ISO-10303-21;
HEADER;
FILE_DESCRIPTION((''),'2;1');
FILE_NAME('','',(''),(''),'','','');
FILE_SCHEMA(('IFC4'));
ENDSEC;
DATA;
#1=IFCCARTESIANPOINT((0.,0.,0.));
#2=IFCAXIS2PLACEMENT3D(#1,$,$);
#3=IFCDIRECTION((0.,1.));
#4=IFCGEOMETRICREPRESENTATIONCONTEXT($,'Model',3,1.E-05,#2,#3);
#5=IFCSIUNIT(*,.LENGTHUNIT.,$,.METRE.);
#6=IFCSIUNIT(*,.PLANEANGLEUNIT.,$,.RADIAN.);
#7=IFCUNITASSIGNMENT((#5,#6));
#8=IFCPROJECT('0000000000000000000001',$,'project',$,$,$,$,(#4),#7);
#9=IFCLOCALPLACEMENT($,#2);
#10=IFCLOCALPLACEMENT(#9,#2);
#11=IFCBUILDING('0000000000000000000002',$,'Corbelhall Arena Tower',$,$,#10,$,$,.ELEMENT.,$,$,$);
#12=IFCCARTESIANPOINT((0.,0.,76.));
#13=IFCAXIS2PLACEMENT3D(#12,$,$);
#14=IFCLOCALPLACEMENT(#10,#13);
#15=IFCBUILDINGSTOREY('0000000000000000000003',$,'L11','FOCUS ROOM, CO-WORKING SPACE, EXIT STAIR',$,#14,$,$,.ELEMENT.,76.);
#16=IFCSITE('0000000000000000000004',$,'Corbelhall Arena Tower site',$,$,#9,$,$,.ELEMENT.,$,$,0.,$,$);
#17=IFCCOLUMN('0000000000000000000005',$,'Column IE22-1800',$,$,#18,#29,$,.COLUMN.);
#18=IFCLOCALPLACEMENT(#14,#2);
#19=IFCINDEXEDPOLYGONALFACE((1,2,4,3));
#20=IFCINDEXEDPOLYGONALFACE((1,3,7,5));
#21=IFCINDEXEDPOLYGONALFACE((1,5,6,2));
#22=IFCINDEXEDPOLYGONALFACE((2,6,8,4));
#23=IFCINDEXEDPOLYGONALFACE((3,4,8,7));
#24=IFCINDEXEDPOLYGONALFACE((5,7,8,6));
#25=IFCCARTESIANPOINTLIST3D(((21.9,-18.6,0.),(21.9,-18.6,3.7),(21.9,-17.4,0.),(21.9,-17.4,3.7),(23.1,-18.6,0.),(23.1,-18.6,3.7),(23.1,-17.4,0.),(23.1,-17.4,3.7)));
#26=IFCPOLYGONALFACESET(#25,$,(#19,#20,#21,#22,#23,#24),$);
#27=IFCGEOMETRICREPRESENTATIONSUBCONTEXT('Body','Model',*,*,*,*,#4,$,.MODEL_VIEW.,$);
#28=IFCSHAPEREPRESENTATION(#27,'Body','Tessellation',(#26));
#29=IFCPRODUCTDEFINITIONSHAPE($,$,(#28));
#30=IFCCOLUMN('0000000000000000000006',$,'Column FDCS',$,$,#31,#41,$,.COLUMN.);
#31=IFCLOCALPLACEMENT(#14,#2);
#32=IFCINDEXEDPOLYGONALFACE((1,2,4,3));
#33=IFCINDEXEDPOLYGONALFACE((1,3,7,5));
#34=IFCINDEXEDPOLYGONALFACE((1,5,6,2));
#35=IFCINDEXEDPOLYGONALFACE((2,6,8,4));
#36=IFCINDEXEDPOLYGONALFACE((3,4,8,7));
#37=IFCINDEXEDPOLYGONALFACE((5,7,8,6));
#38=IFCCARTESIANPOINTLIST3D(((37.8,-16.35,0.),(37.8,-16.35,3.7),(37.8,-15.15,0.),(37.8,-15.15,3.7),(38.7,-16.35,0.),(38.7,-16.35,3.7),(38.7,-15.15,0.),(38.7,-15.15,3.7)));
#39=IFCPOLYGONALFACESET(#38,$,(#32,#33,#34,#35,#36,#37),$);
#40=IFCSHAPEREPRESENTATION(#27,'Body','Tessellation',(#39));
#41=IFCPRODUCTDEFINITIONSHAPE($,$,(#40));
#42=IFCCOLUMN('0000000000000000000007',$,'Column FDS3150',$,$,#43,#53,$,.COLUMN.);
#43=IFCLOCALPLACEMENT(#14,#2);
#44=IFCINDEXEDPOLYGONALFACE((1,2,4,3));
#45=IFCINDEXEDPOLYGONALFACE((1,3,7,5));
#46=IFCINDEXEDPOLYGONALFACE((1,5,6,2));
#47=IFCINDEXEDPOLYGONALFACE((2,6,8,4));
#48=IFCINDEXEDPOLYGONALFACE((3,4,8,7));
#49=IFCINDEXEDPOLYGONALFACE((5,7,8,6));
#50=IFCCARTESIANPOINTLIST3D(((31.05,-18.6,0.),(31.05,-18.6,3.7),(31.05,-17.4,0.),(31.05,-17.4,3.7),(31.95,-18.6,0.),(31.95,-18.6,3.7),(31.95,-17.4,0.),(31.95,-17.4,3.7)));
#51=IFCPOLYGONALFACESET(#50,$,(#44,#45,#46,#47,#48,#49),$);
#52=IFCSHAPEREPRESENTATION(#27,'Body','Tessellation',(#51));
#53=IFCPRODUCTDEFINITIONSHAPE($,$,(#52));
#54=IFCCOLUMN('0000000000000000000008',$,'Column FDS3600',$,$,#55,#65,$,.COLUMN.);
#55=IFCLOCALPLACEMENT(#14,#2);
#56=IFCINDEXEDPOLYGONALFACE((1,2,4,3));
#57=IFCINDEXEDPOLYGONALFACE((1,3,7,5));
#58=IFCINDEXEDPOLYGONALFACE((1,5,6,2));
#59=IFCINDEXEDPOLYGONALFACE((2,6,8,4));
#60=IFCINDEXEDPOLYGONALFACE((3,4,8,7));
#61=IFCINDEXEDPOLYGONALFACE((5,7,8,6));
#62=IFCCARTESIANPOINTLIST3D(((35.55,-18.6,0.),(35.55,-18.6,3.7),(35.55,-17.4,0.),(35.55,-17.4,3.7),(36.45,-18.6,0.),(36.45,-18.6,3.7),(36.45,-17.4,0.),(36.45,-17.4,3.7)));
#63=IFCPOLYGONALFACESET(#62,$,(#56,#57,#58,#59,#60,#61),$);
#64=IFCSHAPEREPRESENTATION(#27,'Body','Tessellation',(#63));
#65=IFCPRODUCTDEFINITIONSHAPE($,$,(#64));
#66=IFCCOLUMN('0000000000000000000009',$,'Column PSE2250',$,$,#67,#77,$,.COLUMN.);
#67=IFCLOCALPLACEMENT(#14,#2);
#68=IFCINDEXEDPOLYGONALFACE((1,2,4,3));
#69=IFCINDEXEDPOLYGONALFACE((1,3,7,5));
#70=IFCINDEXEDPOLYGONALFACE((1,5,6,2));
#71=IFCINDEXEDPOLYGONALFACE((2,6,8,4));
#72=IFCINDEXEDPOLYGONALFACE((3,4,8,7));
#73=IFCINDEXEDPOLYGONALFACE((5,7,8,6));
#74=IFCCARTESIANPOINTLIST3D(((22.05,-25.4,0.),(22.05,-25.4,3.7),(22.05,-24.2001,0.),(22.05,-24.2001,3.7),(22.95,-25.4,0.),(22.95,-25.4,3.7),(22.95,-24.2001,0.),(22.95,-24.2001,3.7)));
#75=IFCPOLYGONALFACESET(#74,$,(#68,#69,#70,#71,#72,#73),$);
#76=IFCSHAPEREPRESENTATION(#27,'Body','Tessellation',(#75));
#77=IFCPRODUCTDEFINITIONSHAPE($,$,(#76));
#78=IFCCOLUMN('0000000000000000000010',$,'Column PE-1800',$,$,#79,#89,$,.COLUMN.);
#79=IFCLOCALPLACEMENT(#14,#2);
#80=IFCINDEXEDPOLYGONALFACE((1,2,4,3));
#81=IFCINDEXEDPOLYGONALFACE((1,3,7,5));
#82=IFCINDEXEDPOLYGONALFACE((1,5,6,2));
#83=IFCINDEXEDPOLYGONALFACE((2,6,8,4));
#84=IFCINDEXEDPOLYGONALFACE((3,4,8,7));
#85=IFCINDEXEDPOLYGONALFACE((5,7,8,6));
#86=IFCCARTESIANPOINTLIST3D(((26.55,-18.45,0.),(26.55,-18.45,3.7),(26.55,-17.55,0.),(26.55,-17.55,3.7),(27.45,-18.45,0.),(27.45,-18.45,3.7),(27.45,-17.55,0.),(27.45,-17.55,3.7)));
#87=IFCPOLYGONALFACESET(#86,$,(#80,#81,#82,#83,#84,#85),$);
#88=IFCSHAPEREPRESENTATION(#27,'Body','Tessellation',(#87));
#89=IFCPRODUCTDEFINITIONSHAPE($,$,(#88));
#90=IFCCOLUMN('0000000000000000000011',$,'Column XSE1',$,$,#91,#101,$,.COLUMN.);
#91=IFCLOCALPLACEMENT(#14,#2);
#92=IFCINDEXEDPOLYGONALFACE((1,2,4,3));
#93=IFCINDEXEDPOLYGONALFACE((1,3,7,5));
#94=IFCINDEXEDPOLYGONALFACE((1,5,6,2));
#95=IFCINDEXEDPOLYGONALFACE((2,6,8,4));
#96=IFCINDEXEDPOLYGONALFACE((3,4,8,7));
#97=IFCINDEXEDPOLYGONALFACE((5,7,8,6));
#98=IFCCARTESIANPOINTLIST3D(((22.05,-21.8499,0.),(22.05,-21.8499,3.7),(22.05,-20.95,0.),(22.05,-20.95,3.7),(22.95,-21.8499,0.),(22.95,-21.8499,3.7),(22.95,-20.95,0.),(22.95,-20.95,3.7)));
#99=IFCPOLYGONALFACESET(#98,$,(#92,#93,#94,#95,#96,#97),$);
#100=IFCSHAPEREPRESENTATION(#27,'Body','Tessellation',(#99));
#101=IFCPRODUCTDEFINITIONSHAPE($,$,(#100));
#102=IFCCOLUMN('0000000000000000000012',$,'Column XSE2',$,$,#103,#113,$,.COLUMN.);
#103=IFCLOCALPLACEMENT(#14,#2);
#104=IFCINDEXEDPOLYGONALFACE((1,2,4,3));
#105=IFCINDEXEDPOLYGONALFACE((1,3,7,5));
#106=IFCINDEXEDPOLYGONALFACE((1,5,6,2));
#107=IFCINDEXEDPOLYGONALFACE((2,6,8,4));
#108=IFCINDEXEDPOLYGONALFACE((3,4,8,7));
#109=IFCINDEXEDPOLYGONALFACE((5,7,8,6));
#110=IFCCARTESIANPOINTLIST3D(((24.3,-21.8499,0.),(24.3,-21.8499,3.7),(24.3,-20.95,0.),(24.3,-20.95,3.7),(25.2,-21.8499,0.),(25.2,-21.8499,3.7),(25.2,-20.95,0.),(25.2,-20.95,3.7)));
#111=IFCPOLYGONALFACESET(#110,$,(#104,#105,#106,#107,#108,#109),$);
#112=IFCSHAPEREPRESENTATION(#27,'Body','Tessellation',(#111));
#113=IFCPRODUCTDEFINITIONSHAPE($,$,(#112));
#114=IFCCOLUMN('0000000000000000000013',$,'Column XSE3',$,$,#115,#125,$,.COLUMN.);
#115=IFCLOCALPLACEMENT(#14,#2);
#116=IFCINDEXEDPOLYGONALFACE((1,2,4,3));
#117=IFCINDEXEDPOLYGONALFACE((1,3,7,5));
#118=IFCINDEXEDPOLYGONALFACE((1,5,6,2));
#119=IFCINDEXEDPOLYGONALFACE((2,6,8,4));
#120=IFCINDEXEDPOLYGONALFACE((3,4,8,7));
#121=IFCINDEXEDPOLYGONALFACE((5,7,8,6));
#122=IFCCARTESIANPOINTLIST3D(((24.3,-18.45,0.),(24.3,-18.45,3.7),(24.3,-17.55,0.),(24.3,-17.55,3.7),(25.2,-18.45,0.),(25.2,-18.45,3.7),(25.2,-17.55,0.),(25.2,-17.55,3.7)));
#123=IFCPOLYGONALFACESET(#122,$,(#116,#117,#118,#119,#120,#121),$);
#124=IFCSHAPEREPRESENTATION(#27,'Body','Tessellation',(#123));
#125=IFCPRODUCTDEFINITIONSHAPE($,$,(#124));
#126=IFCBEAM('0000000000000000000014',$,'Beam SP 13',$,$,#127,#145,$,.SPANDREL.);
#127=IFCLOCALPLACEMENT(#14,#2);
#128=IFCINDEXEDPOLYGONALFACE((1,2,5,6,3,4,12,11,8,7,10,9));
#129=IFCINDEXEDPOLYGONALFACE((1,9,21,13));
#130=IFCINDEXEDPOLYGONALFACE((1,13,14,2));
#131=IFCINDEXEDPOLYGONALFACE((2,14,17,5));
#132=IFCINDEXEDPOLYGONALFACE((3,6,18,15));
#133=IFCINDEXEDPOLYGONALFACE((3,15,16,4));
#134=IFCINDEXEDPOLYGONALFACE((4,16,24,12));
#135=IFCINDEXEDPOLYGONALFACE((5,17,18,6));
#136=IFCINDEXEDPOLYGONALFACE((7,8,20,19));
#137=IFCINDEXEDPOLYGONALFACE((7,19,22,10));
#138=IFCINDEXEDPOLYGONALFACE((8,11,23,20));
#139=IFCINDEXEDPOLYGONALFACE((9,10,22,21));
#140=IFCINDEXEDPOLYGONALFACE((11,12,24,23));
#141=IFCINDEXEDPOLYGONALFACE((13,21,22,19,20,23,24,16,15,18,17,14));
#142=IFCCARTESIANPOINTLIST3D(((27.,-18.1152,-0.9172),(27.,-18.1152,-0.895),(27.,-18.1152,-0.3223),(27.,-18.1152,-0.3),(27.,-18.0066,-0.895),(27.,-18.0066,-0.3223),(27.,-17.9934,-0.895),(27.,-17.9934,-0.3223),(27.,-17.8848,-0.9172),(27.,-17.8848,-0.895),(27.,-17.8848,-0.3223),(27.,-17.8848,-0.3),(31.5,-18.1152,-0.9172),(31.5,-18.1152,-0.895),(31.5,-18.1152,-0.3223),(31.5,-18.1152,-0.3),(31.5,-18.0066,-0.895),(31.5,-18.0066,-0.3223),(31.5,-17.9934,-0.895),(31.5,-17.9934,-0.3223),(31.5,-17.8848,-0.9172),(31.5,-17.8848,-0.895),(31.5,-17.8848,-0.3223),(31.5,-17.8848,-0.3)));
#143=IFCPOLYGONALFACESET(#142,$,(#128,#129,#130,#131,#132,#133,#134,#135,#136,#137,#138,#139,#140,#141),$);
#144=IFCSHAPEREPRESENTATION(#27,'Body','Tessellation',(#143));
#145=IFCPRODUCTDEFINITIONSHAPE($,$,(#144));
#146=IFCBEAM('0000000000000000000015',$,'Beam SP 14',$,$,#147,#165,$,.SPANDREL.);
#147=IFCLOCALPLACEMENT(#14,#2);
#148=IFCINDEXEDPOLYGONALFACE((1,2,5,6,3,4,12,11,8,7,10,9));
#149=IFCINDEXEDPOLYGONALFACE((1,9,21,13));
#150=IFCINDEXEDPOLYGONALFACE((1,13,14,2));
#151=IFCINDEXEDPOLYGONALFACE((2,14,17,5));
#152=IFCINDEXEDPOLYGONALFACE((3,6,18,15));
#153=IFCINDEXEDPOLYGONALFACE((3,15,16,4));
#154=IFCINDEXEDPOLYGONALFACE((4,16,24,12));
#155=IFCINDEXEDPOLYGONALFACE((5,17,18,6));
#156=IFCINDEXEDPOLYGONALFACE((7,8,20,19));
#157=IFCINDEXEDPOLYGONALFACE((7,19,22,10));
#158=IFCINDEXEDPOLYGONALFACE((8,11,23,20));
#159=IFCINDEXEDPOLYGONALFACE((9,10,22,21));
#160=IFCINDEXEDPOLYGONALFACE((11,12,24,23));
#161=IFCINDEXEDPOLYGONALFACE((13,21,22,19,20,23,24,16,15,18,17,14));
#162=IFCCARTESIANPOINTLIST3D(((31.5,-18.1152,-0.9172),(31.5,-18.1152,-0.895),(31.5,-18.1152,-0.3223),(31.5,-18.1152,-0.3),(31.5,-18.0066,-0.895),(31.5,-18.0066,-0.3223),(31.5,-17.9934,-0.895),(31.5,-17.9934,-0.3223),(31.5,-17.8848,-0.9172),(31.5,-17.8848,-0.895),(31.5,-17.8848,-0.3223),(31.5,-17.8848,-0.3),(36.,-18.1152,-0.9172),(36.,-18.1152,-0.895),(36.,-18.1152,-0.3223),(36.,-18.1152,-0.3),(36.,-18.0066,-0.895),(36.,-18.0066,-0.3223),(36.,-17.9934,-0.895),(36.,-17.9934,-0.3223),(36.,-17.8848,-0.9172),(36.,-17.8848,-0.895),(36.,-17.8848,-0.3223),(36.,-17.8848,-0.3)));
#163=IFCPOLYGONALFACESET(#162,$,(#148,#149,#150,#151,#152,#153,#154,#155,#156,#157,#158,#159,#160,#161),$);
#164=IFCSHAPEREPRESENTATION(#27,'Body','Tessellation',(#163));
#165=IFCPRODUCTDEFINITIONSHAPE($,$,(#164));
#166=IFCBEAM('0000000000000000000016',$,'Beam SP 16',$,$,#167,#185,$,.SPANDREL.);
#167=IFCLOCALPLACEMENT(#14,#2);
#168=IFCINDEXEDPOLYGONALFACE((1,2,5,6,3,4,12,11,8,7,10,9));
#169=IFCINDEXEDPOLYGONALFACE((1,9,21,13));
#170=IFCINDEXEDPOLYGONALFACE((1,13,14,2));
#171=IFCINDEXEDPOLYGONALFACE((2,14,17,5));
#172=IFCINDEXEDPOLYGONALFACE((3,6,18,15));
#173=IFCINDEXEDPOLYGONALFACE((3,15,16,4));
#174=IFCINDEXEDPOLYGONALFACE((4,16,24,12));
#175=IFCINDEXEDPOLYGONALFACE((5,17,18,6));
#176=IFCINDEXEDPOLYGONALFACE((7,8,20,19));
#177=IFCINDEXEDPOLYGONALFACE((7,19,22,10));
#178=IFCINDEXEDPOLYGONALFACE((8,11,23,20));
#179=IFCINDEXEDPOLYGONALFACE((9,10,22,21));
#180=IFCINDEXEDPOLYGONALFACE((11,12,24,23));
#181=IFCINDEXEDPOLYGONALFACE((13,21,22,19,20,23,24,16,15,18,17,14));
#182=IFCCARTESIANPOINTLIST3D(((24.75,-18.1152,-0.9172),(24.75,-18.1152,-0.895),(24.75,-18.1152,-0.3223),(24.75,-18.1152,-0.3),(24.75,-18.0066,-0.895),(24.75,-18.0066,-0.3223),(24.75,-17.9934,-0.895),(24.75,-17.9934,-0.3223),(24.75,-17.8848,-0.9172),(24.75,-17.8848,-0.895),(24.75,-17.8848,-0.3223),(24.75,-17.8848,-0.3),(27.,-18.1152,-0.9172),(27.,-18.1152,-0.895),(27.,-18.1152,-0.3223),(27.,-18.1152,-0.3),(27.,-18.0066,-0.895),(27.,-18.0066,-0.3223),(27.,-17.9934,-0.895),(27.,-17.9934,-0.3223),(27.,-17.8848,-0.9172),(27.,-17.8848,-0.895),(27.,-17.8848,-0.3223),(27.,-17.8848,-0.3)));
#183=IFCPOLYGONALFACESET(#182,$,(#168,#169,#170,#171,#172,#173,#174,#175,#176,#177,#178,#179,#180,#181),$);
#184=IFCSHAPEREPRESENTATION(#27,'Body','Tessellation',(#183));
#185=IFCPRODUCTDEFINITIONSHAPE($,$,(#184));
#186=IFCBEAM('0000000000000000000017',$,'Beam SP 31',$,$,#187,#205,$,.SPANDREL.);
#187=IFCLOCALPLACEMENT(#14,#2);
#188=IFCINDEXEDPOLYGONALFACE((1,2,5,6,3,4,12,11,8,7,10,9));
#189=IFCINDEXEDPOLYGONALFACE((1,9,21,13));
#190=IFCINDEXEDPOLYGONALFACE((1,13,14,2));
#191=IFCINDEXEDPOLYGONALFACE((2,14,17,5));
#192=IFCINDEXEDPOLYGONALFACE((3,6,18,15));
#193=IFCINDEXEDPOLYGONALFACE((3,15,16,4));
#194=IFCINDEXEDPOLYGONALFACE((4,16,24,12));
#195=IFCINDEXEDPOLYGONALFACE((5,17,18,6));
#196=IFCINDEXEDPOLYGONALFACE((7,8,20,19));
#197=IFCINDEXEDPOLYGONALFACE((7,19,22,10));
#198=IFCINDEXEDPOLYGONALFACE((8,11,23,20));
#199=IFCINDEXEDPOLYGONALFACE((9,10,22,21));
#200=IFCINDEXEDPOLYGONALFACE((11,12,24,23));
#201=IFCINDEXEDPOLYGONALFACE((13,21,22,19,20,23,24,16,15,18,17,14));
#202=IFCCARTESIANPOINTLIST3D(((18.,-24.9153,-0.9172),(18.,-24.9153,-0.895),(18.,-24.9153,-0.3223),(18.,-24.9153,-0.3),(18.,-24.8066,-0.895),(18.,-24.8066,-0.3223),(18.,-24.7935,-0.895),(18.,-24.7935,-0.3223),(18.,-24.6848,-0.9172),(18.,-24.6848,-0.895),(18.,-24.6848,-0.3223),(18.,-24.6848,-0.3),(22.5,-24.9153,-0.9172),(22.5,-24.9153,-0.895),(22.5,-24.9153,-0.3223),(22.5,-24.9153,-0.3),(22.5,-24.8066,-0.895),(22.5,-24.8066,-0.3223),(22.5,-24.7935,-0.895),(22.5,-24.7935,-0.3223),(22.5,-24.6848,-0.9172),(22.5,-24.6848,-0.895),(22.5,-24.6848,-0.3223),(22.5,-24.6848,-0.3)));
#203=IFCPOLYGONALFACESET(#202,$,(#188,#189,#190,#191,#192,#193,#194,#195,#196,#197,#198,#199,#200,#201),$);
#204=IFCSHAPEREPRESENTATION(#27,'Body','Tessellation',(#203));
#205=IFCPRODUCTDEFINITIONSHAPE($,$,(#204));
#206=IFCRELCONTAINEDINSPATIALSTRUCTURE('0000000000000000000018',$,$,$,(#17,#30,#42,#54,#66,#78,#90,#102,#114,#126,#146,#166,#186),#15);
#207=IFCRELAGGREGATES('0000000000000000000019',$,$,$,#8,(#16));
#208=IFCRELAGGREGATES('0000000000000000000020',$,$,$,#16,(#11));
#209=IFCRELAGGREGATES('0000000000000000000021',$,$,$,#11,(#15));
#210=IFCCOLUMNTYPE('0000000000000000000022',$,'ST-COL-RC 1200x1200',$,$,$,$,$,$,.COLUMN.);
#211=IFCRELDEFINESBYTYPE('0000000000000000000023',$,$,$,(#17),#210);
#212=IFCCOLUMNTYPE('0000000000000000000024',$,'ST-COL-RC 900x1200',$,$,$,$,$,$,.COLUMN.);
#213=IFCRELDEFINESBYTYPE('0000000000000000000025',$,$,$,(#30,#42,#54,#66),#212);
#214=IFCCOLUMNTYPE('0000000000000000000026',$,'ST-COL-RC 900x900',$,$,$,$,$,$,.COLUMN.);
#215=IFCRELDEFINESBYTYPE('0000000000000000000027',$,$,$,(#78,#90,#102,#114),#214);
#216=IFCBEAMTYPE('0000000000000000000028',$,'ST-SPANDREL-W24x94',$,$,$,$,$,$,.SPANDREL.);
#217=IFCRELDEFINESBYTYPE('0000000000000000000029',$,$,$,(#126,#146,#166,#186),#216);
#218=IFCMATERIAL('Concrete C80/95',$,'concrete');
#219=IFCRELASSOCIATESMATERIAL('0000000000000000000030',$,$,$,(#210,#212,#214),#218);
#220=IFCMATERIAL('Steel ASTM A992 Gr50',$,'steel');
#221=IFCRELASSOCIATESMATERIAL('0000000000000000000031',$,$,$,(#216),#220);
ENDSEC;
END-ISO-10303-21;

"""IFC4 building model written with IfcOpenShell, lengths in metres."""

from ifc_helpers import new_model, si_unit, direction, frame, origin, origin_2d, place, context, subcontext, project, spatial, rectangle, i_section, extrude, material, material_profile, profile_set, type_object, element, save


model = new_model("IFC4")

# Units and contexts
model_context = context("Model", 3, precision=1e-05, world=origin(), true_north=direction((0.0, 1.0)))
body_context = subcontext(model_context, "Body", "Model", "MODEL_VIEW")
ifc_project = project(units=[si_unit("LENGTHUNIT", "METRE"), si_unit("PLANEANGLEUNIT", "RADIAN")], contexts=[model_context])

# Site, building, storey
site_placement = place(None, origin())
site = spatial("IfcSite", under=ifc_project, at=site_placement, Name="Corbelhall Arena Tower site", CompositionType="ELEMENT", RefElevation=0.0)
building_placement = place(site_placement, origin())
building = spatial("IfcBuilding", under=site, at=building_placement, Name="Corbelhall Arena Tower", CompositionType="ELEMENT")
storey_placement = place(building_placement, frame((0.0, 0.0, 76.0)))
storey = spatial("IfcBuildingStorey", under=building, at=storey_placement, Name="L11", Description="FOCUS ROOM, CO-WORKING SPACE, EXIT STAIR", CompositionType="ELEMENT", Elevation=76.0)

# Columns
ifc_material_1 = material(Name="Concrete C80/95", Category="concrete")
ifc_material_profile_1 = material_profile(ifc_material_1, rectangle(XDim=1.2, YDim=1.2, at=origin_2d()))
ifc_profile_set_1 = profile_set([ifc_material_profile_1], Name="Concrete C80/95")
column_type_1 = type_object("IfcColumnType", Name="ST-COL-RC 1200x1200", PredefinedType="COLUMN", material=ifc_profile_set_1)
column_placement = place(storey_placement, frame((22.5, -18.0, 0.0), z_axis=(0.0, 0.0, 1.0), x_axis=(1.0, 0.0, 0.0)))
element("IfcColumn", 1, at=column_placement, inside=storey, type_object=column_type_1, Name="Column IE22-1800", PredefinedType="COLUMN", context=body_context, shape_type="SweptSolid", body=[
    extrude(rectangle(XDim=1.2, YDim=1.2, at=origin_2d()), origin(), (0.0, 0.0, 1.0), 3.7),
])
ifc_material_profile_2 = material_profile(ifc_material_1, rectangle(XDim=0.8999, YDim=1.2, at=origin_2d()))
ifc_profile_set_2 = profile_set([ifc_material_profile_2], Name="Concrete C80/95")
column_type_2 = type_object("IfcColumnType", Name="ST-COL-RC 900x1200", PredefinedType="COLUMN", material=ifc_profile_set_2)
for number, where, z_axis, x_axis, name in (
    (2, (38.25, -15.75, 0.0), (0.0, 0.0, 1.0), (1.0, 0.0, 0.0), "Column FDCS"),
    (3, (31.5, -18.0, 0.0), (0.0, 0.0, 1.0), (1.0, 0.0, 0.0), "Column FDS3150"),
    (4, (36.0, -18.0, 0.0), (0.0, 0.0, 1.0), (1.0, 0.0, 0.0), "Column FDS3600"),
    (5, (22.5, -24.8, 0.0), (0.0, 0.0, 1.0), (1.0, 0.0, 0.0), "Column PSE2250"),
):
    element("IfcColumn", number, at=place(storey_placement, frame(where, z_axis=z_axis, x_axis=x_axis)), inside=storey, type_object=column_type_2, Name=name, PredefinedType="COLUMN", context=body_context, shape_type="SweptSolid", body=[
        extrude(rectangle(XDim=0.8999, YDim=1.2, at=origin_2d()), origin(), (0.0, 0.0, 1.0), 3.7),
    ])
ifc_material_profile_3 = material_profile(ifc_material_1, rectangle(XDim=0.8999, YDim=0.8999, at=origin_2d()))
ifc_profile_set_3 = profile_set([ifc_material_profile_3], Name="Concrete C80/95")
column_type_3 = type_object("IfcColumnType", Name="ST-COL-RC 900x900", PredefinedType="COLUMN", material=ifc_profile_set_3)
for number, where, z_axis, x_axis, name in (
    (6, (27.0, -18.0, 0.0), (0.0, 0.0, 1.0), (1.0, 0.0, 0.0), "Column PE-1800"),
    (7, (22.5, -21.3999, 0.0), (0.0, 0.0, 1.0), (1.0, 0.0, 0.0), "Column XSE1"),
    (8, (24.75, -21.3999, 0.0), (0.0, 0.0, 1.0), (1.0, 0.0, 0.0), "Column XSE2"),
    (9, (24.75, -18.0, 0.0), (0.0, 0.0, 1.0), (1.0, 0.0, 0.0), "Column XSE3"),
):
    element("IfcColumn", number, at=place(storey_placement, frame(where, z_axis=z_axis, x_axis=x_axis)), inside=storey, type_object=column_type_3, Name=name, PredefinedType="COLUMN", context=body_context, shape_type="SweptSolid", body=[
        extrude(rectangle(XDim=0.8999, YDim=0.8999, at=origin_2d()), origin(), (0.0, 0.0, 1.0), 3.7),
    ])

# Beams
ifc_material_2 = material(Name="Steel ASTM A992 Gr50", Category="steel")
ifc_material_profile_4 = material_profile(ifc_material_2, i_section(OverallWidth=0.2305, OverallDepth=0.6172, WebThickness=0.0132, FlangeThickness=0.0222, at=origin_2d()))
ifc_profile_set_4 = profile_set([ifc_material_profile_4], Name="Steel ASTM A992 Gr50")
beam_type = type_object("IfcBeamType", Name="ST-SPANDREL-W24x94", PredefinedType="SPANDREL", material=ifc_profile_set_4)
for number, where, z_axis, x_axis, name in (
    (10, (31.5, -18.0, -0.6086), (-1.0, 0.0, 0.0), (0.0, -1.0, 0.0), "Beam SP 13"),
    (11, (36.0, -18.0, -0.6086), (-1.0, 0.0, 0.0), (0.0, -1.0, 0.0), "Beam SP 14"),
):
    element("IfcBeam", number, at=place(storey_placement, frame(where, z_axis=z_axis, x_axis=x_axis)), inside=storey, type_object=beam_type, Name=name, PredefinedType="SPANDREL", context=body_context, shape_type="SweptSolid", body=[
        extrude(i_section(OverallWidth=0.2305, OverallDepth=0.6172, WebThickness=0.0132, FlangeThickness=0.0222, at=origin_2d()), origin(), (0.0, 0.0, 1.0), 4.5),
    ])
beam_1_placement = place(storey_placement, frame((27.0, -18.0, -0.6086), z_axis=(-1.0, 0.0, 0.0), x_axis=(0.0, -1.0, 0.0)))
element("IfcBeam", 12, at=beam_1_placement, inside=storey, type_object=beam_type, Name="Beam SP 16", PredefinedType="SPANDREL", context=body_context, shape_type="SweptSolid", body=[
    extrude(i_section(OverallWidth=0.2305, OverallDepth=0.6172, WebThickness=0.0132, FlangeThickness=0.0222, at=origin_2d()), origin(), (0.0, 0.0, 1.0), 2.25),
])
beam_2_placement = place(storey_placement, frame((22.5, -24.8, -0.6086), z_axis=(-1.0, 0.0, 0.0), x_axis=(0.0, -1.0, 0.0)))
element("IfcBeam", 13, at=beam_2_placement, inside=storey, type_object=beam_type, Name="Beam SP 31", PredefinedType="SPANDREL", context=body_context, shape_type="SweptSolid", body=[
    extrude(i_section(OverallWidth=0.2305, OverallDepth=0.6172, WebThickness=0.0132, FlangeThickness=0.0222, at=origin_2d()), origin(), (0.0, 0.0, 1.0), 4.5),
])

save(model, "model.ifc")
